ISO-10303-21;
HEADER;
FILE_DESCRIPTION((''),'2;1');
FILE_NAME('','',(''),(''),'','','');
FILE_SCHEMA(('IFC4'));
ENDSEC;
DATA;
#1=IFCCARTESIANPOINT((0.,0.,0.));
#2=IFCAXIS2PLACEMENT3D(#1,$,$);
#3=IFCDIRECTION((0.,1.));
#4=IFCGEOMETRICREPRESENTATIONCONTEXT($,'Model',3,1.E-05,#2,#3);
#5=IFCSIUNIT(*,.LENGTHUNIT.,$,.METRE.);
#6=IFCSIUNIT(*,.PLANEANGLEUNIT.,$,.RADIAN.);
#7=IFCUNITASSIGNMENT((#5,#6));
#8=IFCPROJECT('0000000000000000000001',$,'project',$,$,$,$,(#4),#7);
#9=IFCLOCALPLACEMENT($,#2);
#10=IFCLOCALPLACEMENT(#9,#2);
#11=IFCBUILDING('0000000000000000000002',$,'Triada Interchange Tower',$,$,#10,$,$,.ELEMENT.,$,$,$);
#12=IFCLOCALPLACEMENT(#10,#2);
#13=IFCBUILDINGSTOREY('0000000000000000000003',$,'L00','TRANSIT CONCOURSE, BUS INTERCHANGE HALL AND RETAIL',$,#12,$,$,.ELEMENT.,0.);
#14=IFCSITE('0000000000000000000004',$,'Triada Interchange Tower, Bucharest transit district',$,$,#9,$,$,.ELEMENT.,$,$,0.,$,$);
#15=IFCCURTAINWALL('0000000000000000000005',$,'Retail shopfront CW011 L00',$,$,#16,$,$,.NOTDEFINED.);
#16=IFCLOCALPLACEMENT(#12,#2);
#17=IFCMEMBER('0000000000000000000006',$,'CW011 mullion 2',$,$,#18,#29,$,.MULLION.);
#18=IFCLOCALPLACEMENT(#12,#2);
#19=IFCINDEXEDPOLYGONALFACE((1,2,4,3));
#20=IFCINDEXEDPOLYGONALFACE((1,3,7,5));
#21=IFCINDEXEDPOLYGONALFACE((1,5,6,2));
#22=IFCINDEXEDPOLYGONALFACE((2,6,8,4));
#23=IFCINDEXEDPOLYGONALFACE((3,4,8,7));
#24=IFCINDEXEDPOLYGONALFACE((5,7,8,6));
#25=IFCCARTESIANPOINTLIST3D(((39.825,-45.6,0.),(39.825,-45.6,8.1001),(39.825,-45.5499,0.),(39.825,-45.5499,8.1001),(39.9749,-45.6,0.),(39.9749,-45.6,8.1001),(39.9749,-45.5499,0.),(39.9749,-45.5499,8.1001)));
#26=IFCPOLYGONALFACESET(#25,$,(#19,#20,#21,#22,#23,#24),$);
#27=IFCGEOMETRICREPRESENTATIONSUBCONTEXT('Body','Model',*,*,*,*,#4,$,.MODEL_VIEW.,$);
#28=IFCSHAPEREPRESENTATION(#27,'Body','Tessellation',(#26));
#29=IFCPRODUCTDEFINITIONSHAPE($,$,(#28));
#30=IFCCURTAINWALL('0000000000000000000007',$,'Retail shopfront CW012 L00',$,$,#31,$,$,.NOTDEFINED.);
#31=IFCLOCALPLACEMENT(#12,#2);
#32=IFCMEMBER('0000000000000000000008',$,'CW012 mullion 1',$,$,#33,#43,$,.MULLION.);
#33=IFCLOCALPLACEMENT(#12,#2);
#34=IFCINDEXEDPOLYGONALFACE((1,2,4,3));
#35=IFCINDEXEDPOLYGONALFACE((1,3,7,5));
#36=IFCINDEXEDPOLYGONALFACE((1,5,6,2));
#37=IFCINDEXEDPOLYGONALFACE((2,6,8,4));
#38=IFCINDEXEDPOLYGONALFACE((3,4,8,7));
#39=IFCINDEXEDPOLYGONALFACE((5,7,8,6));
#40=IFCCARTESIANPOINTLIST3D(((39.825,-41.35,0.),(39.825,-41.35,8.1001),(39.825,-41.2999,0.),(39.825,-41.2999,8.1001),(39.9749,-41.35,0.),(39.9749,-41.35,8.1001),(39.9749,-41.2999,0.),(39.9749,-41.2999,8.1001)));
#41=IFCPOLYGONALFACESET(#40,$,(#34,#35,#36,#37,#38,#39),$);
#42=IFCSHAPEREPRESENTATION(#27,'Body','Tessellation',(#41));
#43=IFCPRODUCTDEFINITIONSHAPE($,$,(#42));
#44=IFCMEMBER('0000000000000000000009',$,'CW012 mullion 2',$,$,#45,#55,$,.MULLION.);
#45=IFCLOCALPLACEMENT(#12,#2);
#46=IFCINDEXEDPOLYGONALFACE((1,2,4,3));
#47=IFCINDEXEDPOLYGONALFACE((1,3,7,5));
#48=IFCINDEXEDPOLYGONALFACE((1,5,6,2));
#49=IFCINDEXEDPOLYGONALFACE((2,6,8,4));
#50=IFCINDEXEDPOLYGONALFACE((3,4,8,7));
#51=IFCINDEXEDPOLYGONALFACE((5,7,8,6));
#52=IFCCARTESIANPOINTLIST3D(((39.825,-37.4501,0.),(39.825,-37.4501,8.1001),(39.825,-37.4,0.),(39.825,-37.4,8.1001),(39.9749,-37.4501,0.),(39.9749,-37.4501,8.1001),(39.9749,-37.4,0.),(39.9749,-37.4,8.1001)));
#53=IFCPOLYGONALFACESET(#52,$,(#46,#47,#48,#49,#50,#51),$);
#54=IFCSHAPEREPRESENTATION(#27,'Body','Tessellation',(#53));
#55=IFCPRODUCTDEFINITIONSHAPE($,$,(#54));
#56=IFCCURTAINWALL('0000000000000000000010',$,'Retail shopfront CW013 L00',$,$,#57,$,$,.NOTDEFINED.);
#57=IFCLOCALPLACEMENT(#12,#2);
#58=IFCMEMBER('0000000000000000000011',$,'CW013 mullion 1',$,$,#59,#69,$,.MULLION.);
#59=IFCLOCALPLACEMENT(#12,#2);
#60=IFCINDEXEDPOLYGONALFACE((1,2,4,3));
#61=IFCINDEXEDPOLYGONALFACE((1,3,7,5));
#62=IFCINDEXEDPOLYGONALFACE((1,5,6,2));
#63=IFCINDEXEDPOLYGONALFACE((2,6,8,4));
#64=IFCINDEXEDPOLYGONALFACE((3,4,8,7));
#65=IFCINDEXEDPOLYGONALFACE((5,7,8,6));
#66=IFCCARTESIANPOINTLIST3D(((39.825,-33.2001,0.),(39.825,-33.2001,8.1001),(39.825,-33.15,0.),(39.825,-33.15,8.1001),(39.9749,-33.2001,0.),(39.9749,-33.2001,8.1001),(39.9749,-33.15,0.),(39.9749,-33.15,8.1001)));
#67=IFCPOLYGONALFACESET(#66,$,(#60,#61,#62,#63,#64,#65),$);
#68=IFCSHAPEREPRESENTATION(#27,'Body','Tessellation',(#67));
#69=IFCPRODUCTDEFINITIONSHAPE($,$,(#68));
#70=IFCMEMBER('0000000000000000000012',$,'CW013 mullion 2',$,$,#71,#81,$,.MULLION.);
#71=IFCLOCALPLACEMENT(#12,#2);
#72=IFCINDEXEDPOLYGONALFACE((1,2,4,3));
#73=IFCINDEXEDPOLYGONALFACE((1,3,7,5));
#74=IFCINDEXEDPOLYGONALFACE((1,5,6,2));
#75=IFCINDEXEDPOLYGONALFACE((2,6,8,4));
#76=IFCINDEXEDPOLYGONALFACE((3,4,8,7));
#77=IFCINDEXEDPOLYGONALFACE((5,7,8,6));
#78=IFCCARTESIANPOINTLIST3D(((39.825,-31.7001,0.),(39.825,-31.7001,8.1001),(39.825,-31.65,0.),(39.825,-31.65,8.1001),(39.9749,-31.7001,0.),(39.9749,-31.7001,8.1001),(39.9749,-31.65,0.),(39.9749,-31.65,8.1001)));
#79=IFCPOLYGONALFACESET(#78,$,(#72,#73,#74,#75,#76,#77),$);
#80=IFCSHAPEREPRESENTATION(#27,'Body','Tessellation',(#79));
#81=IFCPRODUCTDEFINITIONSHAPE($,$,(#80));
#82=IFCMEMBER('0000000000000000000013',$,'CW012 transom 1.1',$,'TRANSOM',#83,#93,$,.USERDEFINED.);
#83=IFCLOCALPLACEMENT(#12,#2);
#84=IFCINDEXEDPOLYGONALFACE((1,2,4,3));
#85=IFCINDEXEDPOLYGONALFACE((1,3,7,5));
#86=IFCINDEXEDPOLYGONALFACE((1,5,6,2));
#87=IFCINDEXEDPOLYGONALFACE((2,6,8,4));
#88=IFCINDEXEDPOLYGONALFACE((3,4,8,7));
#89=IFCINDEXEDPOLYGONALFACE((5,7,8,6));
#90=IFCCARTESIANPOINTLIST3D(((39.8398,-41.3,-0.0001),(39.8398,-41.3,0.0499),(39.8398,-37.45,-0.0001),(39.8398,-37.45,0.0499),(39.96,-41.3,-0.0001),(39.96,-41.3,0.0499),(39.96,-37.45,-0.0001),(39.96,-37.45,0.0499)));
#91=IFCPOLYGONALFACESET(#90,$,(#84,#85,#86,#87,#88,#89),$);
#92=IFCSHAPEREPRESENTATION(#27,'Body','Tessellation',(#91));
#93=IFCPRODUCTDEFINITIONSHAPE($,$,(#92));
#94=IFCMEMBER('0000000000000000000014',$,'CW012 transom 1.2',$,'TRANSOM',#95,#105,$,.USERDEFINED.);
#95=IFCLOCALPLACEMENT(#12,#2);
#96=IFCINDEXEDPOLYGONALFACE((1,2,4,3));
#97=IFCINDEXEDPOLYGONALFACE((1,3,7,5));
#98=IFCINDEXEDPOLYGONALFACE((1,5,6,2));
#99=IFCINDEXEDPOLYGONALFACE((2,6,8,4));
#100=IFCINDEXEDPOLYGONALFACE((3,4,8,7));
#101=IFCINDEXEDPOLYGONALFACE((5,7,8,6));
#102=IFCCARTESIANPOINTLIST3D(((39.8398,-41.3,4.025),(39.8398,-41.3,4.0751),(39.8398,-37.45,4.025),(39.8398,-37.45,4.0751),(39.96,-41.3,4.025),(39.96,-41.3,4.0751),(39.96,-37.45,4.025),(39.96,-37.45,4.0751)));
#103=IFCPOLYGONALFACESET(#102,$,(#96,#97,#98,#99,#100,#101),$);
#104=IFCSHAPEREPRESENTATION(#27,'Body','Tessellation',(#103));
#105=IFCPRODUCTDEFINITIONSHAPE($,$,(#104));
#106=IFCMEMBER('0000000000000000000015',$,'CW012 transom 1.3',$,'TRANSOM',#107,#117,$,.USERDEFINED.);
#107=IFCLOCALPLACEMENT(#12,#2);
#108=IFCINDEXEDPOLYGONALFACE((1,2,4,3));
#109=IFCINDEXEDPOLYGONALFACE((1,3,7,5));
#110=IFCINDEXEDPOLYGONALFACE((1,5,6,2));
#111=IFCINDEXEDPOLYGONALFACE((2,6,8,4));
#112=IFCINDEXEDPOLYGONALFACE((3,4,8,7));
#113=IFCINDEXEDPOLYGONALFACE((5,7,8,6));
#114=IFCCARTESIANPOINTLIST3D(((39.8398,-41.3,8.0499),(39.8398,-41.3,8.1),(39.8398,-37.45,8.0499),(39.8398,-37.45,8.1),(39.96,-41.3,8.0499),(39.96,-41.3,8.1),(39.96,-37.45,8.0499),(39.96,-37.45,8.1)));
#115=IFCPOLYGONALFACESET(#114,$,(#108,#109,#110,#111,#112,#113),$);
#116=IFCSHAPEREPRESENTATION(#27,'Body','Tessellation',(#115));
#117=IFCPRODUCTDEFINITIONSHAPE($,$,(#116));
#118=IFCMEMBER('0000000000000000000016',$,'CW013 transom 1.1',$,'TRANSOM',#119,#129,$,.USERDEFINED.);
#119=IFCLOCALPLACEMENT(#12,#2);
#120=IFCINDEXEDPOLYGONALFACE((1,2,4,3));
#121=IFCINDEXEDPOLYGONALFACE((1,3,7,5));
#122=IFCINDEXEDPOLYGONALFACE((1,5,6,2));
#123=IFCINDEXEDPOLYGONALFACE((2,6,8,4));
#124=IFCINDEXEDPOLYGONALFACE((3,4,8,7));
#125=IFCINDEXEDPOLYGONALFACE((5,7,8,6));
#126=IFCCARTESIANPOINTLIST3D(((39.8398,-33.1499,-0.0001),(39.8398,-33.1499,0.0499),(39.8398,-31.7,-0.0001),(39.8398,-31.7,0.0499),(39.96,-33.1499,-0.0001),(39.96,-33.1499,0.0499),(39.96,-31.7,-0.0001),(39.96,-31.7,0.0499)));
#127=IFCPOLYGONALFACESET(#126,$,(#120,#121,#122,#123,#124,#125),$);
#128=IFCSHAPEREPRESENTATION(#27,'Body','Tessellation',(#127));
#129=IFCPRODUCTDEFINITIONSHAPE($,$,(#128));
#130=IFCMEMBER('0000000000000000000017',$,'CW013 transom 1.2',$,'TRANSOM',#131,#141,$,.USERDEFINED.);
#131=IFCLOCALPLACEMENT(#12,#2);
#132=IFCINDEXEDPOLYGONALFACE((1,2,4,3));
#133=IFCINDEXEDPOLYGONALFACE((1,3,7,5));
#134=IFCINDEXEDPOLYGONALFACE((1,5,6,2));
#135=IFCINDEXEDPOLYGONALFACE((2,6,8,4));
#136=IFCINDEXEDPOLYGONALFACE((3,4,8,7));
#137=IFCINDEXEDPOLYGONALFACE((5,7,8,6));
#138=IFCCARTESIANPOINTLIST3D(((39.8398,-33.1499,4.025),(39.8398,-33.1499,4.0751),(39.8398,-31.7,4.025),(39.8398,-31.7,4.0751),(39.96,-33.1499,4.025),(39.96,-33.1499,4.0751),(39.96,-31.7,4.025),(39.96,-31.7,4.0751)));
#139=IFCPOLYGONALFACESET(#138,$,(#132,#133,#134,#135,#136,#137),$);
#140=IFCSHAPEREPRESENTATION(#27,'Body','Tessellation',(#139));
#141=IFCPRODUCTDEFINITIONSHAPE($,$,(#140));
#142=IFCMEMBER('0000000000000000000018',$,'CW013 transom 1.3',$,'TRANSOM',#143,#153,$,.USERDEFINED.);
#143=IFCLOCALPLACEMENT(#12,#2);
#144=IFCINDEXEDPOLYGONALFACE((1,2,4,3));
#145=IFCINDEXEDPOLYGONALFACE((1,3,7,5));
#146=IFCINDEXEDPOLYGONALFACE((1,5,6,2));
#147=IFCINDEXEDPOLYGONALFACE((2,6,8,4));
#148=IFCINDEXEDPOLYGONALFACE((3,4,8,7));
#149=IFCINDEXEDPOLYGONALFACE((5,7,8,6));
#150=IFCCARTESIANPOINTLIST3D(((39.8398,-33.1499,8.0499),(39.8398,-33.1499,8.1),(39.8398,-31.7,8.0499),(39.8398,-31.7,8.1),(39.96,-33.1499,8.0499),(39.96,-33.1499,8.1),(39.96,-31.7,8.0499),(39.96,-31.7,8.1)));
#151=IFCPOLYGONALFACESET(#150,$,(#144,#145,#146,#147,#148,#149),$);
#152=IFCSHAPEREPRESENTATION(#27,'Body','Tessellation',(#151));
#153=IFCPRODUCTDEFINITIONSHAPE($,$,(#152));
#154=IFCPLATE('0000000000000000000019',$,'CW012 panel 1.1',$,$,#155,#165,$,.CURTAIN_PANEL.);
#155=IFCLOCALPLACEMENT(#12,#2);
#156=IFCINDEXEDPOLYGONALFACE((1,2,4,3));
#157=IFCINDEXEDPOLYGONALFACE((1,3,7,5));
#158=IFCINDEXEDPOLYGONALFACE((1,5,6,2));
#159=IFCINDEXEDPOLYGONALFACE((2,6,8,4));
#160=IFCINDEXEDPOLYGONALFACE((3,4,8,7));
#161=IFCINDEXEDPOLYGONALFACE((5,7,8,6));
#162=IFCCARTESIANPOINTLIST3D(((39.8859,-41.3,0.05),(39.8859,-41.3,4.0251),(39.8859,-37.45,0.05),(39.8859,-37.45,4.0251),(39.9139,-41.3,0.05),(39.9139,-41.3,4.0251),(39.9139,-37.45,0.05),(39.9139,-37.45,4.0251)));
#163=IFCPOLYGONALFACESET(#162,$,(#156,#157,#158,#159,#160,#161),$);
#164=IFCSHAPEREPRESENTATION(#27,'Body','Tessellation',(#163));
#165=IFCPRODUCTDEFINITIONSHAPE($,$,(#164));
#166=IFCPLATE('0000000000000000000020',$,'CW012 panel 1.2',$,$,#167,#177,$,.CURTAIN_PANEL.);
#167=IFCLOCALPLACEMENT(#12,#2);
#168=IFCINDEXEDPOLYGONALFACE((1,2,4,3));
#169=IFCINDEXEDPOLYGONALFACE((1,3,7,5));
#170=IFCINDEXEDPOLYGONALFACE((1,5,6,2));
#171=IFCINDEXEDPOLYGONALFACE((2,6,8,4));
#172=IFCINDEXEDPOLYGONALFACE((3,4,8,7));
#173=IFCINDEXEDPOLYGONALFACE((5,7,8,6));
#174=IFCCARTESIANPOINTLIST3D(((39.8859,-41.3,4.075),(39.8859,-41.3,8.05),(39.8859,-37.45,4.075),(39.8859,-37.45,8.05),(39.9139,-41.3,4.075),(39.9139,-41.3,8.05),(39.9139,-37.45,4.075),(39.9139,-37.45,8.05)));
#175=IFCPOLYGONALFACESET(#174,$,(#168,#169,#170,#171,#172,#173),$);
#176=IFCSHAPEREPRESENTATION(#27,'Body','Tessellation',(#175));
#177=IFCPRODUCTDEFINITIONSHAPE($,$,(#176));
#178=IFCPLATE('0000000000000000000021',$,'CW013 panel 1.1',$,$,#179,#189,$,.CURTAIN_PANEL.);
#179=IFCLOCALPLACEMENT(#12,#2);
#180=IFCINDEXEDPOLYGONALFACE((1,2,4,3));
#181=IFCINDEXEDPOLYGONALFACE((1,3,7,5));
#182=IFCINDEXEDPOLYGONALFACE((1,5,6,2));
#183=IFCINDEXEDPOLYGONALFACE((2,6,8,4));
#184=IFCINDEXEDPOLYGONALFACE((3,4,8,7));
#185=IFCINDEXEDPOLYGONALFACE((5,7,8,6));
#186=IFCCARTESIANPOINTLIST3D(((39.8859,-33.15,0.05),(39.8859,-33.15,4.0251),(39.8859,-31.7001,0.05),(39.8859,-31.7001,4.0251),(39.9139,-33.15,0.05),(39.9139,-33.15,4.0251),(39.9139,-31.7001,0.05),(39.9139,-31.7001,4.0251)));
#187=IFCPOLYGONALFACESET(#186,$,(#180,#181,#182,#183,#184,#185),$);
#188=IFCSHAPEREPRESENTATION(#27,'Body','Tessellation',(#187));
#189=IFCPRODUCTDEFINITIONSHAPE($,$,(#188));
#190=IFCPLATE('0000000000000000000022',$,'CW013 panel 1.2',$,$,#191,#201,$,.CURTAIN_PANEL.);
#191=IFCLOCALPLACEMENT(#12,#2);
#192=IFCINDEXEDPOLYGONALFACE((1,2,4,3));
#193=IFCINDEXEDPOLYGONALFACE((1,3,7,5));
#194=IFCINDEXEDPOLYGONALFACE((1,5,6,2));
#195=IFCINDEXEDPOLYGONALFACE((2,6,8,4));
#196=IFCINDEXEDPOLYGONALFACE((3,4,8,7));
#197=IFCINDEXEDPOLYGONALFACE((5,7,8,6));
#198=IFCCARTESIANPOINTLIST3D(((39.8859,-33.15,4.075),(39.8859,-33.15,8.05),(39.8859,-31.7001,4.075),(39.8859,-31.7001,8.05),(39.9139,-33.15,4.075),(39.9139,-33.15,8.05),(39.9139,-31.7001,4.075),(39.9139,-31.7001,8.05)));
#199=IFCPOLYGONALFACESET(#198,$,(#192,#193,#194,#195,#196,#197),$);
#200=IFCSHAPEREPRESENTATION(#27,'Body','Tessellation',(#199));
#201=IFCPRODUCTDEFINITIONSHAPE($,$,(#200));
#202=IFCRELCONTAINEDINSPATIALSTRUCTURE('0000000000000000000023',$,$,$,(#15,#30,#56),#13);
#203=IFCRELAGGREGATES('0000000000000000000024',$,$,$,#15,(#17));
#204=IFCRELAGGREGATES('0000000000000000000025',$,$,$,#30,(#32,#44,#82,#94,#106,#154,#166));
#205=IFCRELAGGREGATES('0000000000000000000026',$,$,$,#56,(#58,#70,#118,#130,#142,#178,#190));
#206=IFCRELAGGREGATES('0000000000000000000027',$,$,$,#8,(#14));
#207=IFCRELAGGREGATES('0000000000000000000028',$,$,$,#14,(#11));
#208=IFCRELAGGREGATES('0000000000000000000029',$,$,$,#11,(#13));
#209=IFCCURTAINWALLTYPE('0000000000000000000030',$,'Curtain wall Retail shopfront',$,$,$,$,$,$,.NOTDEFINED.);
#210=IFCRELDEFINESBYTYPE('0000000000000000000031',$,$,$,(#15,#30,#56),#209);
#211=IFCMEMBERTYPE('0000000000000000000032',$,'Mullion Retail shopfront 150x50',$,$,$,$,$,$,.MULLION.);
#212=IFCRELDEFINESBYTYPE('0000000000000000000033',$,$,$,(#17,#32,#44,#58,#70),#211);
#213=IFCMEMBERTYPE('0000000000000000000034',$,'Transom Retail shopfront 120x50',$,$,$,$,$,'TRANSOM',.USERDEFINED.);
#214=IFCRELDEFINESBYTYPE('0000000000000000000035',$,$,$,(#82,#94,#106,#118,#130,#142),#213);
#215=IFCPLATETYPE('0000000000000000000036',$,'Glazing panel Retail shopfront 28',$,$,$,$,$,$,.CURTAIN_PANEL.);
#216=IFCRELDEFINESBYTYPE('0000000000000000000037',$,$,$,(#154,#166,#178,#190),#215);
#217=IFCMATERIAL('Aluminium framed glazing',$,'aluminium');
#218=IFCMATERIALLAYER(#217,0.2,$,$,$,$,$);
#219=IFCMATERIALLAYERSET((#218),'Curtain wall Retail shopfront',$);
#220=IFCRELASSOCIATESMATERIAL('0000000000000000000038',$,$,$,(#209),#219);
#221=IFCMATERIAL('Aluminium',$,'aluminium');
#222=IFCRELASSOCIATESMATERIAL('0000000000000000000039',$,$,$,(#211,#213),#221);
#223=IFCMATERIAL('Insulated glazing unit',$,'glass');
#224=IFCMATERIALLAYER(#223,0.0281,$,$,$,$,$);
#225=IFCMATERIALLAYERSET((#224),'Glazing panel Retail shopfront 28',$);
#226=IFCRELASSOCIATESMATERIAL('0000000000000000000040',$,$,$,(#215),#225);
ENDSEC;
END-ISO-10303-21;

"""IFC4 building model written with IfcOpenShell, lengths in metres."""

from ifc_helpers import new_model, si_unit, direction, frame, origin, origin_2d, place, context, subcontext, project, spatial, rectangle, extrude, material, layer, layer_set, material_profile, profile_set, type_object, element, aggregate, save


model = new_model("IFC4")

# Units and contexts
model_context = context("Model", 3, precision=1e-05, world=origin(), true_north=direction((0.0, 1.0)))
body_context = subcontext(model_context, "Body", "Model", "MODEL_VIEW")
ifc_project = project(units=[si_unit("LENGTHUNIT", "METRE"), si_unit("PLANEANGLEUNIT", "RADIAN")], contexts=[model_context])

# Site, building, storey
site_placement = place(None, origin())
site = spatial("IfcSite", under=ifc_project, at=site_placement, Name="Triada Interchange Tower, Bucharest transit district", CompositionType="ELEMENT", RefElevation=0.0)
building_placement = place(site_placement, origin())
building = spatial("IfcBuilding", under=site, at=building_placement, Name="Triada Interchange Tower", CompositionType="ELEMENT")
storey_placement = place(building_placement, origin())
storey = spatial("IfcBuildingStorey", under=building, at=storey_placement, Name="L00", Description="TRANSIT CONCOURSE, BUS INTERCHANGE HALL AND RETAIL", CompositionType="ELEMENT", Elevation=0.0)

# Curtain wall, member
ifc_material_1 = material(Name="Aluminium framed glazing", Category="aluminium")
ifc_layer_1 = layer(ifc_material_1, 0.2)
ifc_layer_set_1 = layer_set([ifc_layer_1], Name="Curtain wall Retail shopfront")
curtain_wall_type = type_object("IfcCurtainWallType", Name="Curtain wall Retail shopfront", PredefinedType="NOTDEFINED", material=ifc_layer_set_1)
curtain_wall_1_placement = place(storey_placement, origin())
curtain_wall_1 = element("IfcCurtainWall", 1, at=curtain_wall_1_placement, inside=storey, type_object=curtain_wall_type, Name="Retail shopfront CW011 L00", PredefinedType="NOTDEFINED")
ifc_material_2 = material(Name="Aluminium", Category="aluminium")
ifc_material_profile_1 = material_profile(ifc_material_2, rectangle(XDim=0.1499, YDim=0.05, at=origin_2d()), Name="Aluminium mullion")
ifc_profile_set_1 = profile_set([ifc_material_profile_1], Name="Aluminium")
member_type_1 = type_object("IfcMemberType", Name="Mullion Retail shopfront 150x50", PredefinedType="MULLION", material=ifc_profile_set_1)
member_1_placement = place(storey_placement, frame((39.8999, -45.575, 0.0), z_axis=(0.0, 0.0, 1.0), x_axis=(-1.0, 0.0, 0.0)))
member_1 = element("IfcMember", 2, at=member_1_placement, type_object=member_type_1, Name="CW011 mullion 2", PredefinedType="MULLION", context=body_context, shape_type="SweptSolid", body=[
    extrude(rectangle(XDim=0.1499, YDim=0.05, at=origin_2d()), origin(), (0.0, 0.0, 1.0), 8.1001),
])
aggregate(curtain_wall_1, [member_1])

# Curtain walls, members
curtain_wall_2_placement = place(storey_placement, origin())
curtain_wall_2 = element("IfcCurtainWall", 3, at=curtain_wall_2_placement, inside=storey, type_object=curtain_wall_type, Name="Retail shopfront CW012 L00", PredefinedType="NOTDEFINED")
member_2_placement = place(storey_placement, frame((39.8999, -41.325, 0.0), z_axis=(0.0, 0.0, 1.0), x_axis=(-1.0, 0.0, 0.0)))
member_2 = element("IfcMember", 4, at=member_2_placement, type_object=member_type_1, Name="CW012 mullion 1", PredefinedType="MULLION", context=body_context, shape_type="SweptSolid", body=[
    extrude(rectangle(XDim=0.1499, YDim=0.05, at=origin_2d()), origin(), (0.0, 0.0, 1.0), 8.1001),
])
member_3_placement = place(storey_placement, frame((39.8999, -37.425, 0.0), z_axis=(0.0, 0.0, 1.0), x_axis=(-1.0, 0.0, 0.0)))
member_3 = element("IfcMember", 5, at=member_3_placement, type_object=member_type_1, Name="CW012 mullion 2", PredefinedType="MULLION", context=body_context, shape_type="SweptSolid", body=[
    extrude(rectangle(XDim=0.1499, YDim=0.05, at=origin_2d()), origin(), (0.0, 0.0, 1.0), 8.1001),
])
curtain_wall_3_placement = place(storey_placement, origin())
curtain_wall_3 = element("IfcCurtainWall", 6, at=curtain_wall_3_placement, inside=storey, type_object=curtain_wall_type, Name="Retail shopfront CW013 L00", PredefinedType="NOTDEFINED")
member_4_placement = place(storey_placement, frame((39.8999, -33.175, 0.0), z_axis=(0.0, 0.0, 1.0), x_axis=(-1.0, 0.0, 0.0)))
member_4 = element("IfcMember", 7, at=member_4_placement, type_object=member_type_1, Name="CW013 mullion 1", PredefinedType="MULLION", context=body_context, shape_type="SweptSolid", body=[
    extrude(rectangle(XDim=0.1499, YDim=0.05, at=origin_2d()), origin(), (0.0, 0.0, 1.0), 8.1001),
])
member_5_placement = place(storey_placement, frame((39.8999, -31.675, 0.0), z_axis=(0.0, 0.0, 1.0), x_axis=(-1.0, 0.0, 0.0)))
member_5 = element("IfcMember", 8, at=member_5_placement, type_object=member_type_1, Name="CW013 mullion 2", PredefinedType="MULLION", context=body_context, shape_type="SweptSolid", body=[
    extrude(rectangle(XDim=0.1499, YDim=0.05, at=origin_2d()), origin(), (0.0, 0.0, 1.0), 8.1001),
])

# Members
ifc_material_profile_2 = material_profile(ifc_material_2, rectangle(XDim=0.1201, YDim=0.05, at=origin_2d()), Name="Aluminium transom")
ifc_profile_set_2 = profile_set([ifc_material_profile_2], Name="Aluminium")
member_type_2 = type_object("IfcMemberType", Name="Transom Retail shopfront 120x50", ElementType="TRANSOM", PredefinedType="USERDEFINED", material=ifc_profile_set_2)
member_6_placement = place(storey_placement, frame((39.8999, -41.3, 0.0249), z_axis=(0.0, 1.0, 0.0), x_axis=(-1.0, 0.0, 0.0)))
member_6 = element("IfcMember", 9, at=member_6_placement, type_object=member_type_2, Name="CW012 transom 1.1", ObjectType="TRANSOM", PredefinedType="USERDEFINED", context=body_context, shape_type="SweptSolid", body=[
    extrude(rectangle(XDim=0.1201, YDim=0.05, at=origin_2d()), origin(), (0.0, 0.0, 1.0), 3.8501),
])
member_7_placement = place(storey_placement, frame((39.8999, -41.3, 4.05), z_axis=(0.0, 1.0, 0.0), x_axis=(-1.0, 0.0, 0.0)))
member_7 = element("IfcMember", 10, at=member_7_placement, type_object=member_type_2, Name="CW012 transom 1.2", ObjectType="TRANSOM", PredefinedType="USERDEFINED", context=body_context, shape_type="SweptSolid", body=[
    extrude(rectangle(XDim=0.1201, YDim=0.05, at=origin_2d()), origin(), (0.0, 0.0, 1.0), 3.8501),
])
member_8_placement = place(storey_placement, frame((39.8999, -41.3, 8.075), z_axis=(0.0, 1.0, 0.0), x_axis=(-1.0, 0.0, 0.0)))
member_8 = element("IfcMember", 11, at=member_8_placement, type_object=member_type_2, Name="CW012 transom 1.3", ObjectType="TRANSOM", PredefinedType="USERDEFINED", context=body_context, shape_type="SweptSolid", body=[
    extrude(rectangle(XDim=0.1201, YDim=0.05, at=origin_2d()), origin(), (0.0, 0.0, 1.0), 3.8501),
])
member_9_placement = place(storey_placement, frame((39.8999, -33.1499, 0.0249), z_axis=(0.0, 1.0, 0.0), x_axis=(-1.0, 0.0, 0.0)))
member_9 = element("IfcMember", 12, at=member_9_placement, type_object=member_type_2, Name="CW013 transom 1.1", ObjectType="TRANSOM", PredefinedType="USERDEFINED", context=body_context, shape_type="SweptSolid", body=[
    extrude(rectangle(XDim=0.1201, YDim=0.05, at=origin_2d()), origin(), (0.0, 0.0, 1.0), 1.45),
])
member_10_placement = place(storey_placement, frame((39.8999, -33.1499, 4.05), z_axis=(0.0, 1.0, 0.0), x_axis=(-1.0, 0.0, 0.0)))
member_10 = element("IfcMember", 13, at=member_10_placement, type_object=member_type_2, Name="CW013 transom 1.2", ObjectType="TRANSOM", PredefinedType="USERDEFINED", context=body_context, shape_type="SweptSolid", body=[
    extrude(rectangle(XDim=0.1201, YDim=0.05, at=origin_2d()), origin(), (0.0, 0.0, 1.0), 1.45),
])
member_11_placement = place(storey_placement, frame((39.8999, -33.1499, 8.075), z_axis=(0.0, 1.0, 0.0), x_axis=(-1.0, 0.0, 0.0)))
member_11 = element("IfcMember", 14, at=member_11_placement, type_object=member_type_2, Name="CW013 transom 1.3", ObjectType="TRANSOM", PredefinedType="USERDEFINED", context=body_context, shape_type="SweptSolid", body=[
    extrude(rectangle(XDim=0.1201, YDim=0.05, at=origin_2d()), origin(), (0.0, 0.0, 1.0), 1.45),
])

# Plates
ifc_material_3 = material(Name="Insulated glazing unit", Category="glass")
ifc_layer_2 = layer(ifc_material_3, 0.0281)
ifc_layer_set_2 = layer_set([ifc_layer_2], Name="Glazing panel Retail shopfront 28")
plate_type = type_object("IfcPlateType", Name="Glazing panel Retail shopfront 28", PredefinedType="CURTAIN_PANEL", material=ifc_layer_set_2)
plate_1_placement = place(storey_placement, frame((39.8999, -39.375, 0.05), z_axis=(0.0, 0.0, 1.0), x_axis=(0.0, 1.0, 0.0)))
plate_1 = element("IfcPlate", 15, at=plate_1_placement, type_object=plate_type, Name="CW012 panel 1.1", PredefinedType="CURTAIN_PANEL", context=body_context, shape_type="SweptSolid", body=[
    extrude(rectangle(XDim=3.8501, YDim=0.0281, at=origin_2d()), origin(), (0.0, 0.0, 1.0), 3.9751),
])
plate_2_placement = place(storey_placement, frame((39.8999, -39.375, 4.075), z_axis=(0.0, 0.0, 1.0), x_axis=(0.0, 1.0, 0.0)))
plate_2 = element("IfcPlate", 16, at=plate_2_placement, type_object=plate_type, Name="CW012 panel 1.2", PredefinedType="CURTAIN_PANEL", context=body_context, shape_type="SweptSolid", body=[
    extrude(rectangle(XDim=3.8501, YDim=0.0281, at=origin_2d()), origin(), (0.0, 0.0, 1.0), 3.9751),
])
aggregate(curtain_wall_2, [member_2, member_3, member_6, member_7, member_8, plate_1, plate_2])
plate_3_placement = place(storey_placement, frame((39.8999, -32.425, 0.05), z_axis=(0.0, 0.0, 1.0), x_axis=(0.0, 1.0, 0.0)))
plate_3 = element("IfcPlate", 17, at=plate_3_placement, type_object=plate_type, Name="CW013 panel 1.1", PredefinedType="CURTAIN_PANEL", context=body_context, shape_type="SweptSolid", body=[
    extrude(rectangle(XDim=1.45, YDim=0.0281, at=origin_2d()), origin(), (0.0, 0.0, 1.0), 3.9751),
])
plate_4_placement = place(storey_placement, frame((39.8999, -32.425, 4.075), z_axis=(0.0, 0.0, 1.0), x_axis=(0.0, 1.0, 0.0)))
plate_4 = element("IfcPlate", 18, at=plate_4_placement, type_object=plate_type, Name="CW013 panel 1.2", PredefinedType="CURTAIN_PANEL", context=body_context, shape_type="SweptSolid", body=[
    extrude(rectangle(XDim=1.45, YDim=0.0281, at=origin_2d()), origin(), (0.0, 0.0, 1.0), 3.9751),
])
aggregate(curtain_wall_3, [member_4, member_5, member_9, member_10, member_11, plate_3, plate_4])

save(model, "model.ifc")
